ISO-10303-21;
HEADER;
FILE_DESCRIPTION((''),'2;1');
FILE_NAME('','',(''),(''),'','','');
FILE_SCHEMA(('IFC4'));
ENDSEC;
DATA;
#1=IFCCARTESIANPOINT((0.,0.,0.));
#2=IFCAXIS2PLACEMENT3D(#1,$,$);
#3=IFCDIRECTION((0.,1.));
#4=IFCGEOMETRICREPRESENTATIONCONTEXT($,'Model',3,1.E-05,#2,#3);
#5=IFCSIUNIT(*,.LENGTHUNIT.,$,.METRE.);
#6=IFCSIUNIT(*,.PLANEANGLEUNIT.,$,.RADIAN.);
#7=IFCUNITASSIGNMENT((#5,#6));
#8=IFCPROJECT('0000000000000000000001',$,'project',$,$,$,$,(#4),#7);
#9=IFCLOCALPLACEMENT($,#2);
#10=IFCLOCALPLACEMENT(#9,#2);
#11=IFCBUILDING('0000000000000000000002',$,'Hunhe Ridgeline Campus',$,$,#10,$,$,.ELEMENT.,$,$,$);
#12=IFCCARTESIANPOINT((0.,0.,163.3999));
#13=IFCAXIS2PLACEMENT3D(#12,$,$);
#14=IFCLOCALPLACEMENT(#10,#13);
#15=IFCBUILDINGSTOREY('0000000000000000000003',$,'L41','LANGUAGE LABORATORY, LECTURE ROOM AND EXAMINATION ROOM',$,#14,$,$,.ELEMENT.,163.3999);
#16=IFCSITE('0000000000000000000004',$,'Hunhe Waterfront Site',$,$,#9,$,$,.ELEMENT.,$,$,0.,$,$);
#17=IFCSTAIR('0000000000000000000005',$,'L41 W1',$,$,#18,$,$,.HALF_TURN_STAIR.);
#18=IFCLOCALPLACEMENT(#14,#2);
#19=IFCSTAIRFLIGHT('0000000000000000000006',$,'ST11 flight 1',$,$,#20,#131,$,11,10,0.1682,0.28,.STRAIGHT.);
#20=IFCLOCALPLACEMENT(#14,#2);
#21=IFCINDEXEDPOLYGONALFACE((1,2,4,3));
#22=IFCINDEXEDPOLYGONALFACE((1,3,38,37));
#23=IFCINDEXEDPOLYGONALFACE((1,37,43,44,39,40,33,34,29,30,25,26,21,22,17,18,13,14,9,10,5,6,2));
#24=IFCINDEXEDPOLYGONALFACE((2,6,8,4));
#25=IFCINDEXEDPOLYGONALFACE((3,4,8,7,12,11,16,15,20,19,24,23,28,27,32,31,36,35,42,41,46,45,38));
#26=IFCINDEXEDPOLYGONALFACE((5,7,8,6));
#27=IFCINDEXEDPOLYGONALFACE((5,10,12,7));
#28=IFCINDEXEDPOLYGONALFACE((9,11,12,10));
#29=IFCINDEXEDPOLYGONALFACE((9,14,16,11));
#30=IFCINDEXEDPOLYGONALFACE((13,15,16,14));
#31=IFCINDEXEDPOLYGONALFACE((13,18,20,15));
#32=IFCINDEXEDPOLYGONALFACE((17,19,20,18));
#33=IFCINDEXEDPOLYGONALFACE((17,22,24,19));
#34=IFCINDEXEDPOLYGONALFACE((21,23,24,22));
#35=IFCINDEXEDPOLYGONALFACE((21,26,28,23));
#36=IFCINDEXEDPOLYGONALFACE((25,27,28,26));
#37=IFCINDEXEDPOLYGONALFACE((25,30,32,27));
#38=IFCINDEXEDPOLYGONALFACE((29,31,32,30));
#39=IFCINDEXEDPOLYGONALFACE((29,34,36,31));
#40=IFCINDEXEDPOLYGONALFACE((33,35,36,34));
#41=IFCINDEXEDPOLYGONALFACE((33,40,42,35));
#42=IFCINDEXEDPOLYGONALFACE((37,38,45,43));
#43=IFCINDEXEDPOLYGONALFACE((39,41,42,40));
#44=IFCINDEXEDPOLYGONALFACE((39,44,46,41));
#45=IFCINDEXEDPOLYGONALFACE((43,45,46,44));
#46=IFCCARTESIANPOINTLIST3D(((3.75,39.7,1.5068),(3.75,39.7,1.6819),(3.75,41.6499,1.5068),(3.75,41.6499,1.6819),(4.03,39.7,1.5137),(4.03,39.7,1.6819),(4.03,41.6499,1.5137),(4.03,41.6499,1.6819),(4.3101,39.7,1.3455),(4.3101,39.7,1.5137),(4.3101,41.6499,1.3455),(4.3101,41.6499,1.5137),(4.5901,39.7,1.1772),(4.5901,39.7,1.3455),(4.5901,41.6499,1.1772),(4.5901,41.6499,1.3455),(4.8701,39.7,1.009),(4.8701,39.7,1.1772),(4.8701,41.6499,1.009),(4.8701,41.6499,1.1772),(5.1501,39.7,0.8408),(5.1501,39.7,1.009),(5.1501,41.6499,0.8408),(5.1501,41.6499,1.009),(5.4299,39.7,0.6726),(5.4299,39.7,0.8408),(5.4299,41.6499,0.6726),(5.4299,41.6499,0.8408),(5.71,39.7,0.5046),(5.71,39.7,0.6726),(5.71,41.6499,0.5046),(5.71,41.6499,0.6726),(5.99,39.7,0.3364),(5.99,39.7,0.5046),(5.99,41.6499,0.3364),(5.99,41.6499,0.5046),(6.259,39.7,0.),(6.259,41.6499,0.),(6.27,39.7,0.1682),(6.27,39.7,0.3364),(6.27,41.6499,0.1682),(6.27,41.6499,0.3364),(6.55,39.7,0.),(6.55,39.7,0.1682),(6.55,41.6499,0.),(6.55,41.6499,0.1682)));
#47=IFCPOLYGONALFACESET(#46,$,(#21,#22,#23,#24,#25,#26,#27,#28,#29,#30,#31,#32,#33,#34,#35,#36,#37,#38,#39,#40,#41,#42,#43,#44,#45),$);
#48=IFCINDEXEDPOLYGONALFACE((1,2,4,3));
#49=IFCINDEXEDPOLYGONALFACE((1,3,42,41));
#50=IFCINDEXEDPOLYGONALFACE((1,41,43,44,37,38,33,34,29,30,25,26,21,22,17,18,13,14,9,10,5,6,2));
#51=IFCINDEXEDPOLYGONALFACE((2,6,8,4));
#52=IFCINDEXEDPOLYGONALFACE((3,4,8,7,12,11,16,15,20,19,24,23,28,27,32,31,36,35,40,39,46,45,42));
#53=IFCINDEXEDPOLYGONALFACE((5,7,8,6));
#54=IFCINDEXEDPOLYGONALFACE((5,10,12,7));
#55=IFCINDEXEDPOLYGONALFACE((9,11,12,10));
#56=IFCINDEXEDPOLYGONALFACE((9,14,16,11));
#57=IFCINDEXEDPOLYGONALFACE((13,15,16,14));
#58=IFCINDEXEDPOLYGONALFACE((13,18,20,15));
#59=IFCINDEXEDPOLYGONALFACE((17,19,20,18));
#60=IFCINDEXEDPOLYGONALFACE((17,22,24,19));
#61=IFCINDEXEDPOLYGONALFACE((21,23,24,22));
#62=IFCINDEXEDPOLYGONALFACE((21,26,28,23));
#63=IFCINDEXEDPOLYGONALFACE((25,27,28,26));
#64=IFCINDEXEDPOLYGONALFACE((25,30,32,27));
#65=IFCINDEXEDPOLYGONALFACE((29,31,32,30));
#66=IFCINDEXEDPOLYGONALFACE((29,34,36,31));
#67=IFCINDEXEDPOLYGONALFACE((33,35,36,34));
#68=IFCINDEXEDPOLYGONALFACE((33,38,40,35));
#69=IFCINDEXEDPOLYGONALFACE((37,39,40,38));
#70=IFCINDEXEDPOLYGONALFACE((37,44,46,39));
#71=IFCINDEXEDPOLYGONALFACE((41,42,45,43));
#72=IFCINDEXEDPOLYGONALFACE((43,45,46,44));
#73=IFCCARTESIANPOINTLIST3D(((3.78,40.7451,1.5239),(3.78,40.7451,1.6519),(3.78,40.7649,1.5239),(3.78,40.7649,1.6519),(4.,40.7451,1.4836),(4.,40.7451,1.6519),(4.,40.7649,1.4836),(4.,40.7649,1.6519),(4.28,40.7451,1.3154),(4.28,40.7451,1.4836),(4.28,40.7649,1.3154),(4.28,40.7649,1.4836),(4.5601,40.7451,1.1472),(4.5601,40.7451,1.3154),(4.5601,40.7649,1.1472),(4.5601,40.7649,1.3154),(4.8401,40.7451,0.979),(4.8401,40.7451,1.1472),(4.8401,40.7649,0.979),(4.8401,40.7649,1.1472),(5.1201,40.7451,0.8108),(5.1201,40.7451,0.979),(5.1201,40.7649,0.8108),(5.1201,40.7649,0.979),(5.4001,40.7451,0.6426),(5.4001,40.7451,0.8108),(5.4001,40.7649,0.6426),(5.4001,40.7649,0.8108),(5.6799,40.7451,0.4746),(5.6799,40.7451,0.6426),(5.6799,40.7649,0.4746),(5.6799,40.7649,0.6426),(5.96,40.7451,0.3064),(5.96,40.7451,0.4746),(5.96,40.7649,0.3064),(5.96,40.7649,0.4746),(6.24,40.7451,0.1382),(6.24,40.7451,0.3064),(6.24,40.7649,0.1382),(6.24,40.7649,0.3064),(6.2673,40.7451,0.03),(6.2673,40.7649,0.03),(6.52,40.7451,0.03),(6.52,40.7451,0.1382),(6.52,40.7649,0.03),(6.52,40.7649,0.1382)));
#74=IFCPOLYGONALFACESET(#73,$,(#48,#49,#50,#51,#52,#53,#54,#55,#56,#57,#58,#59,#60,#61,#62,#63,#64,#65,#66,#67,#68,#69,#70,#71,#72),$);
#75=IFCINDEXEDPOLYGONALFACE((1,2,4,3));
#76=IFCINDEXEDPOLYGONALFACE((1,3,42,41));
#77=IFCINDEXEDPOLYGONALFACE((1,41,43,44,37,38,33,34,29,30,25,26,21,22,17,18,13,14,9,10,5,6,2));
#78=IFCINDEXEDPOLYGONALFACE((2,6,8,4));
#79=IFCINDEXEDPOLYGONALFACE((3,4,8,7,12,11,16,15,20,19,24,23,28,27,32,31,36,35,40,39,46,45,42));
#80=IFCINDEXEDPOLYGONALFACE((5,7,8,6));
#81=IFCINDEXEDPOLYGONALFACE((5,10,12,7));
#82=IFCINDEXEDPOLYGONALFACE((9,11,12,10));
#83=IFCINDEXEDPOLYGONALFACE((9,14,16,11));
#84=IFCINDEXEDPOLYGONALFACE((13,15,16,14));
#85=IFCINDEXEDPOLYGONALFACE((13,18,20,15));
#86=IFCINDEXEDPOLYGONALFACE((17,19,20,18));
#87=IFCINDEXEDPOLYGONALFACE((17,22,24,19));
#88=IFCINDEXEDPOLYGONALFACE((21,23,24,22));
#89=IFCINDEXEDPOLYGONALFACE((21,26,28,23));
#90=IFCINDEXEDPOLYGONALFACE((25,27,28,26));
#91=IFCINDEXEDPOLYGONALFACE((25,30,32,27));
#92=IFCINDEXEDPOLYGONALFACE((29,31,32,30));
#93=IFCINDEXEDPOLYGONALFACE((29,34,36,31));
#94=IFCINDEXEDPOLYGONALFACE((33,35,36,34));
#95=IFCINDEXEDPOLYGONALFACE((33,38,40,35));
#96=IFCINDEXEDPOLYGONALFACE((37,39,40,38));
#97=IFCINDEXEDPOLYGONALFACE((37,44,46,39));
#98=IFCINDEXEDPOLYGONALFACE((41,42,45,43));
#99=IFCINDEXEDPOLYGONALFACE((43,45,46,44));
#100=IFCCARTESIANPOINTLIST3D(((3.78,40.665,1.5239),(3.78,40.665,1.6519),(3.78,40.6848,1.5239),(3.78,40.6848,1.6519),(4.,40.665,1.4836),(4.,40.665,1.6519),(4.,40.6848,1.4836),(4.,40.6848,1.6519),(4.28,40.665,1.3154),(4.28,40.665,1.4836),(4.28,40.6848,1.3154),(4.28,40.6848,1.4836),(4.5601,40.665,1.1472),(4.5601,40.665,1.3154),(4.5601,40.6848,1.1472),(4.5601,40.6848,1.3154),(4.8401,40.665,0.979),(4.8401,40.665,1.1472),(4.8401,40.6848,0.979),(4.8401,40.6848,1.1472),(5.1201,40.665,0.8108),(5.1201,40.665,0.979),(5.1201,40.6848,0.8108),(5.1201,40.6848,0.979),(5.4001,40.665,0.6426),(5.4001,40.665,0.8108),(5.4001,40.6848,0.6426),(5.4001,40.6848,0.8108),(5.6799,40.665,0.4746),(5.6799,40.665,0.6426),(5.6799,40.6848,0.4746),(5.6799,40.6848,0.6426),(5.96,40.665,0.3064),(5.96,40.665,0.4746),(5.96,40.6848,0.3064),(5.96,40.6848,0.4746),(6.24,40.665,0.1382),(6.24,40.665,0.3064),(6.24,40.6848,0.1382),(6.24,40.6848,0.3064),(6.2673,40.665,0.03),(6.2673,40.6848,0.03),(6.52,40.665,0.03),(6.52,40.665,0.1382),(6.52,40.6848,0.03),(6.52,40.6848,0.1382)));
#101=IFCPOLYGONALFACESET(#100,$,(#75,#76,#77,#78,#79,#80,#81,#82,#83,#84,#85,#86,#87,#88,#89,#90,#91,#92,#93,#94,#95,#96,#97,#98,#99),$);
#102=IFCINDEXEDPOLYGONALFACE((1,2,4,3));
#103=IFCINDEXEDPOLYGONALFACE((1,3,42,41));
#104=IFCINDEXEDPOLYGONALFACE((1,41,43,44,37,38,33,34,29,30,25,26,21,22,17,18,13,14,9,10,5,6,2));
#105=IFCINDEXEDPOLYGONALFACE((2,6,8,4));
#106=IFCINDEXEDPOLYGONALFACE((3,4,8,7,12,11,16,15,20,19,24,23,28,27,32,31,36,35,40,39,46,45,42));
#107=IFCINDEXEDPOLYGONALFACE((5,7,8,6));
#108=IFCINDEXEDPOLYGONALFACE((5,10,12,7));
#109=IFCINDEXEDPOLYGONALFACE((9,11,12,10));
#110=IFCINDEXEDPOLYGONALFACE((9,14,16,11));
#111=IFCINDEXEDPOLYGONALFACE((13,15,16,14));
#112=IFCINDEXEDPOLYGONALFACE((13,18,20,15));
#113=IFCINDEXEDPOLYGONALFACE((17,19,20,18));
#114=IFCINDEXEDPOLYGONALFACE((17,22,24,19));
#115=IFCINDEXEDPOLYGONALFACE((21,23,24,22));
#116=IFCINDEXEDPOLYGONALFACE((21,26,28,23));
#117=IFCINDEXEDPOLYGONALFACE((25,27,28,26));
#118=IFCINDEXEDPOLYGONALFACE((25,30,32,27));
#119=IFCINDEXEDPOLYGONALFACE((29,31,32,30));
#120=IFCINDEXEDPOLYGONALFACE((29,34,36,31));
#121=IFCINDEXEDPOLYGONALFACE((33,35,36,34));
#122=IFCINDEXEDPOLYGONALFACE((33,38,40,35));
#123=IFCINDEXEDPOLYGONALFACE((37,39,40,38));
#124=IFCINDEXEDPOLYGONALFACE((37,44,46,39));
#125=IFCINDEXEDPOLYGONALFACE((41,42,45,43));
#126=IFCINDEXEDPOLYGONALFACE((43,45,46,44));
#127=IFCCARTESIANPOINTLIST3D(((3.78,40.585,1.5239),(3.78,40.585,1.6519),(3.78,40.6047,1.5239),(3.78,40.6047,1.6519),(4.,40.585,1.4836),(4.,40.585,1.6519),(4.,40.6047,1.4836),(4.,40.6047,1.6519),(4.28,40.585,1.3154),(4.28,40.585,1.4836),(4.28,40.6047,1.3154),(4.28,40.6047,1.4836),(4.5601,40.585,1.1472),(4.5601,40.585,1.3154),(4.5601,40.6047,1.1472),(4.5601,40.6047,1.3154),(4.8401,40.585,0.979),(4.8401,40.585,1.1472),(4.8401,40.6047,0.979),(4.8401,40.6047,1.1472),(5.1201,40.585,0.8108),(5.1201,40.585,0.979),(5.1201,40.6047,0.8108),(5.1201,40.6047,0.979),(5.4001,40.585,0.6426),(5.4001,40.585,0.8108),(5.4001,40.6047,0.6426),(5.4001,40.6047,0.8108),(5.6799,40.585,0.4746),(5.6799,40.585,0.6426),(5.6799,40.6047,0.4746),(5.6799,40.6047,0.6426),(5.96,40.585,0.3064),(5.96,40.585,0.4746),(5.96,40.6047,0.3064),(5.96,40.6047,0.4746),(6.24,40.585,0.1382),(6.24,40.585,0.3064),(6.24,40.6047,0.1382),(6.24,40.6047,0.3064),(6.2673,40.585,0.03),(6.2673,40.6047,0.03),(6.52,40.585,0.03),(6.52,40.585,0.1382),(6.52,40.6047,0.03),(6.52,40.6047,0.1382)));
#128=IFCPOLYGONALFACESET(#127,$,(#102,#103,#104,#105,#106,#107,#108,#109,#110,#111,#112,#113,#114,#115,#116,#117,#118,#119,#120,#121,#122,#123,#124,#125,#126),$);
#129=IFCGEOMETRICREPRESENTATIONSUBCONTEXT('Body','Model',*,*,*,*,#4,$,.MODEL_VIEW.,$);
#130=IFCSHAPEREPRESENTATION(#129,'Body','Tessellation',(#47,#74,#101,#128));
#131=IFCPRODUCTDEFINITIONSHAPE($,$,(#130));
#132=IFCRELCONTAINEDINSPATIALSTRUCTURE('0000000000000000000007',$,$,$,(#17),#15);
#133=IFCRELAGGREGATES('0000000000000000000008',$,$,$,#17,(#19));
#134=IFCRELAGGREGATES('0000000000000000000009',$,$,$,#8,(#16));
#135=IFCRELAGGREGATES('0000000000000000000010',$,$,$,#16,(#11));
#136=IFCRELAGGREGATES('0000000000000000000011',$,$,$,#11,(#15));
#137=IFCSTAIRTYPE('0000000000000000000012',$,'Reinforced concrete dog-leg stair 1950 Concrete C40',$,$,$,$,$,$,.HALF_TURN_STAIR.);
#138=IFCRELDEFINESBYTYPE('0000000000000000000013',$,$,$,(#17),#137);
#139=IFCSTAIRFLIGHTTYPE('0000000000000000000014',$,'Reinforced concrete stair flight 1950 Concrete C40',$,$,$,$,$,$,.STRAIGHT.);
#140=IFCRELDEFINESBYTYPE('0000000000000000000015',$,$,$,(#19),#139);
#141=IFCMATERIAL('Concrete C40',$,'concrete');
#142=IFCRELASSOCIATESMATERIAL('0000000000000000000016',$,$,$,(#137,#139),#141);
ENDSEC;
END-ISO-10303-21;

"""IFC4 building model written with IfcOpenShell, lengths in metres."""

from ifc_helpers import new_model, si_unit, direction, frame, origin, place, context, subcontext, project, spatial, polyline, outline, extrude, material, type_object, element, aggregate, save


model = new_model("IFC4")

# Units and contexts
model_context = context("Model", 3, precision=1e-05, world=origin(), true_north=direction((0.0, 1.0)))
body_context = subcontext(model_context, "Body", "Model", "MODEL_VIEW")
ifc_project = project(units=[si_unit("LENGTHUNIT", "METRE"), si_unit("PLANEANGLEUNIT", "RADIAN")], contexts=[model_context])

# Site, building, storey
site_placement = place(None, origin())
site = spatial("IfcSite", under=ifc_project, at=site_placement, Name="Hunhe Waterfront Site", CompositionType="ELEMENT", RefElevation=0.0)
building_placement = place(site_placement, origin())
building = spatial("IfcBuilding", under=site, at=building_placement, Name="Hunhe Ridgeline Campus", CompositionType="ELEMENT")
storey_placement = place(building_placement, frame((0.0, 0.0, 163.3999)))
storey = spatial("IfcBuildingStorey", under=building, at=storey_placement, Name="L41", Description="LANGUAGE LABORATORY, LECTURE ROOM AND EXAMINATION ROOM", CompositionType="ELEMENT", Elevation=163.3999)

# Stair, stair flight
ifc_material_1 = material(Name="Concrete C40", Category="concrete")
stair_type = type_object("IfcStairType", Name="Reinforced concrete dog-leg stair 1950 Concrete C40", PredefinedType="HALF_TURN_STAIR", material=ifc_material_1)
stair_placement = place(storey_placement, origin())
stair = element("IfcStair", 1, at=stair_placement, inside=storey, type_object=stair_type, Name="L41 W1", PredefinedType="HALF_TURN_STAIR")
stair_flight_type = type_object("IfcStairFlightType", Name="Reinforced concrete stair flight 1950 Concrete C40", PredefinedType="STRAIGHT", material=ifc_material_1)
stair_flight_1_placement = place(storey_placement, frame((6.55, 40.675, 0.0), z_axis=(0.0, 0.0, 1.0), x_axis=(-1.0, 0.0, 0.0)))
stair_flight_1 = element("IfcStairFlight", 2, at=stair_flight_1_placement, type_object=stair_flight_type, Name="ST11 flight 1", NumberOfRisers=11, NumberOfTreads=10, PredefinedType="STRAIGHT", RiserHeight=0.1682, TreadLength=0.28, context=body_context, shape_type="SweptSolid", body=[
    extrude(outline(polyline([(0.0, 0.0), (0.0, 0.1682), (0.28, 0.1682), (0.28, 0.3364), (0.5601, 0.3364), (0.5601, 0.5046), (0.8401, 0.5046), (0.8401, 0.6726), (1.1201, 0.6726), (1.1201, 0.8408), (1.3999, 0.8408), (1.3999, 1.009), (1.6799, 1.009), (1.6799, 1.1772), (1.96, 1.1772), (1.96, 1.3455), (2.24, 1.3455), (2.24, 1.5137), (2.52, 1.5137), (2.52, 1.6819), (2.8, 1.6819), (2.8, 1.8501), (2.8, 1.5068), (0.291, 0.0), (0.0, 0.0)])), frame((0.0, 0.9751, 0.0), z_axis=(0.0, -1.0, 0.0), x_axis=(1.0, 0.0, 0.0)), (0.0, 0.0, 1.0), 1.95),
    extrude(outline(polyline([(0.03, 0.03), (0.03, 0.1382), (0.3101, 0.1382), (0.3101, 0.3064), (0.5901, 0.3064), (0.5901, 0.4746), (0.8701, 0.4746), (0.8701, 0.6426), (1.1499, 0.6426), (1.1499, 0.8108), (1.4299, 0.8108), (1.4299, 0.979), (1.71, 0.979), (1.71, 1.1472), (1.99, 1.1472), (1.99, 1.3154), (2.27, 1.3154), (2.27, 1.4836), (2.55, 1.4836), (2.55, 1.6519), (2.77, 1.6519), (2.77, 1.5239), (0.2827, 0.03), (0.03, 0.03)])), frame((0.0, -0.0701, 0.0), z_axis=(0.0, -1.0, 0.0), x_axis=(1.0, 0.0, 0.0)), (0.0, 0.0, 1.0), 0.0198),
    extrude(outline(polyline([(0.03, 0.03), (0.03, 0.1382), (0.3101, 0.1382), (0.3101, 0.3064), (0.5901, 0.3064), (0.5901, 0.4746), (0.8701, 0.4746), (0.8701, 0.6426), (1.1499, 0.6426), (1.1499, 0.8108), (1.4299, 0.8108), (1.4299, 0.979), (1.71, 0.979), (1.71, 1.1472), (1.99, 1.1472), (1.99, 1.3154), (2.27, 1.3154), (2.27, 1.4836), (2.55, 1.4836), (2.55, 1.6519), (2.77, 1.6519), (2.77, 1.5239), (0.2827, 0.03), (0.03, 0.03)])), frame((0.0, 0.01, 0.0), z_axis=(0.0, -1.0, 0.0), x_axis=(1.0, 0.0, 0.0)), (0.0, 0.0, 1.0), 0.0198),
    extrude(outline(polyline([(0.03, 0.03), (0.03, 0.1382), (0.3101, 0.1382), (0.3101, 0.3064), (0.5901, 0.3064), (0.5901, 0.4746), (0.8701, 0.4746), (0.8701, 0.6426), (1.1499, 0.6426), (1.1499, 0.8108), (1.4299, 0.8108), (1.4299, 0.979), (1.71, 0.979), (1.71, 1.1472), (1.99, 1.1472), (1.99, 1.3154), (2.27, 1.3154), (2.27, 1.4836), (2.55, 1.4836), (2.55, 1.6519), (2.77, 1.6519), (2.77, 1.5239), (0.2827, 0.03), (0.03, 0.03)])), frame((0.0, 0.0901, 0.0), z_axis=(0.0, -1.0, 0.0), x_axis=(1.0, 0.0, 0.0)), (0.0, 0.0, 1.0), 0.0198),
])
aggregate(stair, [stair_flight_1])

save(model, "model.ifc")
